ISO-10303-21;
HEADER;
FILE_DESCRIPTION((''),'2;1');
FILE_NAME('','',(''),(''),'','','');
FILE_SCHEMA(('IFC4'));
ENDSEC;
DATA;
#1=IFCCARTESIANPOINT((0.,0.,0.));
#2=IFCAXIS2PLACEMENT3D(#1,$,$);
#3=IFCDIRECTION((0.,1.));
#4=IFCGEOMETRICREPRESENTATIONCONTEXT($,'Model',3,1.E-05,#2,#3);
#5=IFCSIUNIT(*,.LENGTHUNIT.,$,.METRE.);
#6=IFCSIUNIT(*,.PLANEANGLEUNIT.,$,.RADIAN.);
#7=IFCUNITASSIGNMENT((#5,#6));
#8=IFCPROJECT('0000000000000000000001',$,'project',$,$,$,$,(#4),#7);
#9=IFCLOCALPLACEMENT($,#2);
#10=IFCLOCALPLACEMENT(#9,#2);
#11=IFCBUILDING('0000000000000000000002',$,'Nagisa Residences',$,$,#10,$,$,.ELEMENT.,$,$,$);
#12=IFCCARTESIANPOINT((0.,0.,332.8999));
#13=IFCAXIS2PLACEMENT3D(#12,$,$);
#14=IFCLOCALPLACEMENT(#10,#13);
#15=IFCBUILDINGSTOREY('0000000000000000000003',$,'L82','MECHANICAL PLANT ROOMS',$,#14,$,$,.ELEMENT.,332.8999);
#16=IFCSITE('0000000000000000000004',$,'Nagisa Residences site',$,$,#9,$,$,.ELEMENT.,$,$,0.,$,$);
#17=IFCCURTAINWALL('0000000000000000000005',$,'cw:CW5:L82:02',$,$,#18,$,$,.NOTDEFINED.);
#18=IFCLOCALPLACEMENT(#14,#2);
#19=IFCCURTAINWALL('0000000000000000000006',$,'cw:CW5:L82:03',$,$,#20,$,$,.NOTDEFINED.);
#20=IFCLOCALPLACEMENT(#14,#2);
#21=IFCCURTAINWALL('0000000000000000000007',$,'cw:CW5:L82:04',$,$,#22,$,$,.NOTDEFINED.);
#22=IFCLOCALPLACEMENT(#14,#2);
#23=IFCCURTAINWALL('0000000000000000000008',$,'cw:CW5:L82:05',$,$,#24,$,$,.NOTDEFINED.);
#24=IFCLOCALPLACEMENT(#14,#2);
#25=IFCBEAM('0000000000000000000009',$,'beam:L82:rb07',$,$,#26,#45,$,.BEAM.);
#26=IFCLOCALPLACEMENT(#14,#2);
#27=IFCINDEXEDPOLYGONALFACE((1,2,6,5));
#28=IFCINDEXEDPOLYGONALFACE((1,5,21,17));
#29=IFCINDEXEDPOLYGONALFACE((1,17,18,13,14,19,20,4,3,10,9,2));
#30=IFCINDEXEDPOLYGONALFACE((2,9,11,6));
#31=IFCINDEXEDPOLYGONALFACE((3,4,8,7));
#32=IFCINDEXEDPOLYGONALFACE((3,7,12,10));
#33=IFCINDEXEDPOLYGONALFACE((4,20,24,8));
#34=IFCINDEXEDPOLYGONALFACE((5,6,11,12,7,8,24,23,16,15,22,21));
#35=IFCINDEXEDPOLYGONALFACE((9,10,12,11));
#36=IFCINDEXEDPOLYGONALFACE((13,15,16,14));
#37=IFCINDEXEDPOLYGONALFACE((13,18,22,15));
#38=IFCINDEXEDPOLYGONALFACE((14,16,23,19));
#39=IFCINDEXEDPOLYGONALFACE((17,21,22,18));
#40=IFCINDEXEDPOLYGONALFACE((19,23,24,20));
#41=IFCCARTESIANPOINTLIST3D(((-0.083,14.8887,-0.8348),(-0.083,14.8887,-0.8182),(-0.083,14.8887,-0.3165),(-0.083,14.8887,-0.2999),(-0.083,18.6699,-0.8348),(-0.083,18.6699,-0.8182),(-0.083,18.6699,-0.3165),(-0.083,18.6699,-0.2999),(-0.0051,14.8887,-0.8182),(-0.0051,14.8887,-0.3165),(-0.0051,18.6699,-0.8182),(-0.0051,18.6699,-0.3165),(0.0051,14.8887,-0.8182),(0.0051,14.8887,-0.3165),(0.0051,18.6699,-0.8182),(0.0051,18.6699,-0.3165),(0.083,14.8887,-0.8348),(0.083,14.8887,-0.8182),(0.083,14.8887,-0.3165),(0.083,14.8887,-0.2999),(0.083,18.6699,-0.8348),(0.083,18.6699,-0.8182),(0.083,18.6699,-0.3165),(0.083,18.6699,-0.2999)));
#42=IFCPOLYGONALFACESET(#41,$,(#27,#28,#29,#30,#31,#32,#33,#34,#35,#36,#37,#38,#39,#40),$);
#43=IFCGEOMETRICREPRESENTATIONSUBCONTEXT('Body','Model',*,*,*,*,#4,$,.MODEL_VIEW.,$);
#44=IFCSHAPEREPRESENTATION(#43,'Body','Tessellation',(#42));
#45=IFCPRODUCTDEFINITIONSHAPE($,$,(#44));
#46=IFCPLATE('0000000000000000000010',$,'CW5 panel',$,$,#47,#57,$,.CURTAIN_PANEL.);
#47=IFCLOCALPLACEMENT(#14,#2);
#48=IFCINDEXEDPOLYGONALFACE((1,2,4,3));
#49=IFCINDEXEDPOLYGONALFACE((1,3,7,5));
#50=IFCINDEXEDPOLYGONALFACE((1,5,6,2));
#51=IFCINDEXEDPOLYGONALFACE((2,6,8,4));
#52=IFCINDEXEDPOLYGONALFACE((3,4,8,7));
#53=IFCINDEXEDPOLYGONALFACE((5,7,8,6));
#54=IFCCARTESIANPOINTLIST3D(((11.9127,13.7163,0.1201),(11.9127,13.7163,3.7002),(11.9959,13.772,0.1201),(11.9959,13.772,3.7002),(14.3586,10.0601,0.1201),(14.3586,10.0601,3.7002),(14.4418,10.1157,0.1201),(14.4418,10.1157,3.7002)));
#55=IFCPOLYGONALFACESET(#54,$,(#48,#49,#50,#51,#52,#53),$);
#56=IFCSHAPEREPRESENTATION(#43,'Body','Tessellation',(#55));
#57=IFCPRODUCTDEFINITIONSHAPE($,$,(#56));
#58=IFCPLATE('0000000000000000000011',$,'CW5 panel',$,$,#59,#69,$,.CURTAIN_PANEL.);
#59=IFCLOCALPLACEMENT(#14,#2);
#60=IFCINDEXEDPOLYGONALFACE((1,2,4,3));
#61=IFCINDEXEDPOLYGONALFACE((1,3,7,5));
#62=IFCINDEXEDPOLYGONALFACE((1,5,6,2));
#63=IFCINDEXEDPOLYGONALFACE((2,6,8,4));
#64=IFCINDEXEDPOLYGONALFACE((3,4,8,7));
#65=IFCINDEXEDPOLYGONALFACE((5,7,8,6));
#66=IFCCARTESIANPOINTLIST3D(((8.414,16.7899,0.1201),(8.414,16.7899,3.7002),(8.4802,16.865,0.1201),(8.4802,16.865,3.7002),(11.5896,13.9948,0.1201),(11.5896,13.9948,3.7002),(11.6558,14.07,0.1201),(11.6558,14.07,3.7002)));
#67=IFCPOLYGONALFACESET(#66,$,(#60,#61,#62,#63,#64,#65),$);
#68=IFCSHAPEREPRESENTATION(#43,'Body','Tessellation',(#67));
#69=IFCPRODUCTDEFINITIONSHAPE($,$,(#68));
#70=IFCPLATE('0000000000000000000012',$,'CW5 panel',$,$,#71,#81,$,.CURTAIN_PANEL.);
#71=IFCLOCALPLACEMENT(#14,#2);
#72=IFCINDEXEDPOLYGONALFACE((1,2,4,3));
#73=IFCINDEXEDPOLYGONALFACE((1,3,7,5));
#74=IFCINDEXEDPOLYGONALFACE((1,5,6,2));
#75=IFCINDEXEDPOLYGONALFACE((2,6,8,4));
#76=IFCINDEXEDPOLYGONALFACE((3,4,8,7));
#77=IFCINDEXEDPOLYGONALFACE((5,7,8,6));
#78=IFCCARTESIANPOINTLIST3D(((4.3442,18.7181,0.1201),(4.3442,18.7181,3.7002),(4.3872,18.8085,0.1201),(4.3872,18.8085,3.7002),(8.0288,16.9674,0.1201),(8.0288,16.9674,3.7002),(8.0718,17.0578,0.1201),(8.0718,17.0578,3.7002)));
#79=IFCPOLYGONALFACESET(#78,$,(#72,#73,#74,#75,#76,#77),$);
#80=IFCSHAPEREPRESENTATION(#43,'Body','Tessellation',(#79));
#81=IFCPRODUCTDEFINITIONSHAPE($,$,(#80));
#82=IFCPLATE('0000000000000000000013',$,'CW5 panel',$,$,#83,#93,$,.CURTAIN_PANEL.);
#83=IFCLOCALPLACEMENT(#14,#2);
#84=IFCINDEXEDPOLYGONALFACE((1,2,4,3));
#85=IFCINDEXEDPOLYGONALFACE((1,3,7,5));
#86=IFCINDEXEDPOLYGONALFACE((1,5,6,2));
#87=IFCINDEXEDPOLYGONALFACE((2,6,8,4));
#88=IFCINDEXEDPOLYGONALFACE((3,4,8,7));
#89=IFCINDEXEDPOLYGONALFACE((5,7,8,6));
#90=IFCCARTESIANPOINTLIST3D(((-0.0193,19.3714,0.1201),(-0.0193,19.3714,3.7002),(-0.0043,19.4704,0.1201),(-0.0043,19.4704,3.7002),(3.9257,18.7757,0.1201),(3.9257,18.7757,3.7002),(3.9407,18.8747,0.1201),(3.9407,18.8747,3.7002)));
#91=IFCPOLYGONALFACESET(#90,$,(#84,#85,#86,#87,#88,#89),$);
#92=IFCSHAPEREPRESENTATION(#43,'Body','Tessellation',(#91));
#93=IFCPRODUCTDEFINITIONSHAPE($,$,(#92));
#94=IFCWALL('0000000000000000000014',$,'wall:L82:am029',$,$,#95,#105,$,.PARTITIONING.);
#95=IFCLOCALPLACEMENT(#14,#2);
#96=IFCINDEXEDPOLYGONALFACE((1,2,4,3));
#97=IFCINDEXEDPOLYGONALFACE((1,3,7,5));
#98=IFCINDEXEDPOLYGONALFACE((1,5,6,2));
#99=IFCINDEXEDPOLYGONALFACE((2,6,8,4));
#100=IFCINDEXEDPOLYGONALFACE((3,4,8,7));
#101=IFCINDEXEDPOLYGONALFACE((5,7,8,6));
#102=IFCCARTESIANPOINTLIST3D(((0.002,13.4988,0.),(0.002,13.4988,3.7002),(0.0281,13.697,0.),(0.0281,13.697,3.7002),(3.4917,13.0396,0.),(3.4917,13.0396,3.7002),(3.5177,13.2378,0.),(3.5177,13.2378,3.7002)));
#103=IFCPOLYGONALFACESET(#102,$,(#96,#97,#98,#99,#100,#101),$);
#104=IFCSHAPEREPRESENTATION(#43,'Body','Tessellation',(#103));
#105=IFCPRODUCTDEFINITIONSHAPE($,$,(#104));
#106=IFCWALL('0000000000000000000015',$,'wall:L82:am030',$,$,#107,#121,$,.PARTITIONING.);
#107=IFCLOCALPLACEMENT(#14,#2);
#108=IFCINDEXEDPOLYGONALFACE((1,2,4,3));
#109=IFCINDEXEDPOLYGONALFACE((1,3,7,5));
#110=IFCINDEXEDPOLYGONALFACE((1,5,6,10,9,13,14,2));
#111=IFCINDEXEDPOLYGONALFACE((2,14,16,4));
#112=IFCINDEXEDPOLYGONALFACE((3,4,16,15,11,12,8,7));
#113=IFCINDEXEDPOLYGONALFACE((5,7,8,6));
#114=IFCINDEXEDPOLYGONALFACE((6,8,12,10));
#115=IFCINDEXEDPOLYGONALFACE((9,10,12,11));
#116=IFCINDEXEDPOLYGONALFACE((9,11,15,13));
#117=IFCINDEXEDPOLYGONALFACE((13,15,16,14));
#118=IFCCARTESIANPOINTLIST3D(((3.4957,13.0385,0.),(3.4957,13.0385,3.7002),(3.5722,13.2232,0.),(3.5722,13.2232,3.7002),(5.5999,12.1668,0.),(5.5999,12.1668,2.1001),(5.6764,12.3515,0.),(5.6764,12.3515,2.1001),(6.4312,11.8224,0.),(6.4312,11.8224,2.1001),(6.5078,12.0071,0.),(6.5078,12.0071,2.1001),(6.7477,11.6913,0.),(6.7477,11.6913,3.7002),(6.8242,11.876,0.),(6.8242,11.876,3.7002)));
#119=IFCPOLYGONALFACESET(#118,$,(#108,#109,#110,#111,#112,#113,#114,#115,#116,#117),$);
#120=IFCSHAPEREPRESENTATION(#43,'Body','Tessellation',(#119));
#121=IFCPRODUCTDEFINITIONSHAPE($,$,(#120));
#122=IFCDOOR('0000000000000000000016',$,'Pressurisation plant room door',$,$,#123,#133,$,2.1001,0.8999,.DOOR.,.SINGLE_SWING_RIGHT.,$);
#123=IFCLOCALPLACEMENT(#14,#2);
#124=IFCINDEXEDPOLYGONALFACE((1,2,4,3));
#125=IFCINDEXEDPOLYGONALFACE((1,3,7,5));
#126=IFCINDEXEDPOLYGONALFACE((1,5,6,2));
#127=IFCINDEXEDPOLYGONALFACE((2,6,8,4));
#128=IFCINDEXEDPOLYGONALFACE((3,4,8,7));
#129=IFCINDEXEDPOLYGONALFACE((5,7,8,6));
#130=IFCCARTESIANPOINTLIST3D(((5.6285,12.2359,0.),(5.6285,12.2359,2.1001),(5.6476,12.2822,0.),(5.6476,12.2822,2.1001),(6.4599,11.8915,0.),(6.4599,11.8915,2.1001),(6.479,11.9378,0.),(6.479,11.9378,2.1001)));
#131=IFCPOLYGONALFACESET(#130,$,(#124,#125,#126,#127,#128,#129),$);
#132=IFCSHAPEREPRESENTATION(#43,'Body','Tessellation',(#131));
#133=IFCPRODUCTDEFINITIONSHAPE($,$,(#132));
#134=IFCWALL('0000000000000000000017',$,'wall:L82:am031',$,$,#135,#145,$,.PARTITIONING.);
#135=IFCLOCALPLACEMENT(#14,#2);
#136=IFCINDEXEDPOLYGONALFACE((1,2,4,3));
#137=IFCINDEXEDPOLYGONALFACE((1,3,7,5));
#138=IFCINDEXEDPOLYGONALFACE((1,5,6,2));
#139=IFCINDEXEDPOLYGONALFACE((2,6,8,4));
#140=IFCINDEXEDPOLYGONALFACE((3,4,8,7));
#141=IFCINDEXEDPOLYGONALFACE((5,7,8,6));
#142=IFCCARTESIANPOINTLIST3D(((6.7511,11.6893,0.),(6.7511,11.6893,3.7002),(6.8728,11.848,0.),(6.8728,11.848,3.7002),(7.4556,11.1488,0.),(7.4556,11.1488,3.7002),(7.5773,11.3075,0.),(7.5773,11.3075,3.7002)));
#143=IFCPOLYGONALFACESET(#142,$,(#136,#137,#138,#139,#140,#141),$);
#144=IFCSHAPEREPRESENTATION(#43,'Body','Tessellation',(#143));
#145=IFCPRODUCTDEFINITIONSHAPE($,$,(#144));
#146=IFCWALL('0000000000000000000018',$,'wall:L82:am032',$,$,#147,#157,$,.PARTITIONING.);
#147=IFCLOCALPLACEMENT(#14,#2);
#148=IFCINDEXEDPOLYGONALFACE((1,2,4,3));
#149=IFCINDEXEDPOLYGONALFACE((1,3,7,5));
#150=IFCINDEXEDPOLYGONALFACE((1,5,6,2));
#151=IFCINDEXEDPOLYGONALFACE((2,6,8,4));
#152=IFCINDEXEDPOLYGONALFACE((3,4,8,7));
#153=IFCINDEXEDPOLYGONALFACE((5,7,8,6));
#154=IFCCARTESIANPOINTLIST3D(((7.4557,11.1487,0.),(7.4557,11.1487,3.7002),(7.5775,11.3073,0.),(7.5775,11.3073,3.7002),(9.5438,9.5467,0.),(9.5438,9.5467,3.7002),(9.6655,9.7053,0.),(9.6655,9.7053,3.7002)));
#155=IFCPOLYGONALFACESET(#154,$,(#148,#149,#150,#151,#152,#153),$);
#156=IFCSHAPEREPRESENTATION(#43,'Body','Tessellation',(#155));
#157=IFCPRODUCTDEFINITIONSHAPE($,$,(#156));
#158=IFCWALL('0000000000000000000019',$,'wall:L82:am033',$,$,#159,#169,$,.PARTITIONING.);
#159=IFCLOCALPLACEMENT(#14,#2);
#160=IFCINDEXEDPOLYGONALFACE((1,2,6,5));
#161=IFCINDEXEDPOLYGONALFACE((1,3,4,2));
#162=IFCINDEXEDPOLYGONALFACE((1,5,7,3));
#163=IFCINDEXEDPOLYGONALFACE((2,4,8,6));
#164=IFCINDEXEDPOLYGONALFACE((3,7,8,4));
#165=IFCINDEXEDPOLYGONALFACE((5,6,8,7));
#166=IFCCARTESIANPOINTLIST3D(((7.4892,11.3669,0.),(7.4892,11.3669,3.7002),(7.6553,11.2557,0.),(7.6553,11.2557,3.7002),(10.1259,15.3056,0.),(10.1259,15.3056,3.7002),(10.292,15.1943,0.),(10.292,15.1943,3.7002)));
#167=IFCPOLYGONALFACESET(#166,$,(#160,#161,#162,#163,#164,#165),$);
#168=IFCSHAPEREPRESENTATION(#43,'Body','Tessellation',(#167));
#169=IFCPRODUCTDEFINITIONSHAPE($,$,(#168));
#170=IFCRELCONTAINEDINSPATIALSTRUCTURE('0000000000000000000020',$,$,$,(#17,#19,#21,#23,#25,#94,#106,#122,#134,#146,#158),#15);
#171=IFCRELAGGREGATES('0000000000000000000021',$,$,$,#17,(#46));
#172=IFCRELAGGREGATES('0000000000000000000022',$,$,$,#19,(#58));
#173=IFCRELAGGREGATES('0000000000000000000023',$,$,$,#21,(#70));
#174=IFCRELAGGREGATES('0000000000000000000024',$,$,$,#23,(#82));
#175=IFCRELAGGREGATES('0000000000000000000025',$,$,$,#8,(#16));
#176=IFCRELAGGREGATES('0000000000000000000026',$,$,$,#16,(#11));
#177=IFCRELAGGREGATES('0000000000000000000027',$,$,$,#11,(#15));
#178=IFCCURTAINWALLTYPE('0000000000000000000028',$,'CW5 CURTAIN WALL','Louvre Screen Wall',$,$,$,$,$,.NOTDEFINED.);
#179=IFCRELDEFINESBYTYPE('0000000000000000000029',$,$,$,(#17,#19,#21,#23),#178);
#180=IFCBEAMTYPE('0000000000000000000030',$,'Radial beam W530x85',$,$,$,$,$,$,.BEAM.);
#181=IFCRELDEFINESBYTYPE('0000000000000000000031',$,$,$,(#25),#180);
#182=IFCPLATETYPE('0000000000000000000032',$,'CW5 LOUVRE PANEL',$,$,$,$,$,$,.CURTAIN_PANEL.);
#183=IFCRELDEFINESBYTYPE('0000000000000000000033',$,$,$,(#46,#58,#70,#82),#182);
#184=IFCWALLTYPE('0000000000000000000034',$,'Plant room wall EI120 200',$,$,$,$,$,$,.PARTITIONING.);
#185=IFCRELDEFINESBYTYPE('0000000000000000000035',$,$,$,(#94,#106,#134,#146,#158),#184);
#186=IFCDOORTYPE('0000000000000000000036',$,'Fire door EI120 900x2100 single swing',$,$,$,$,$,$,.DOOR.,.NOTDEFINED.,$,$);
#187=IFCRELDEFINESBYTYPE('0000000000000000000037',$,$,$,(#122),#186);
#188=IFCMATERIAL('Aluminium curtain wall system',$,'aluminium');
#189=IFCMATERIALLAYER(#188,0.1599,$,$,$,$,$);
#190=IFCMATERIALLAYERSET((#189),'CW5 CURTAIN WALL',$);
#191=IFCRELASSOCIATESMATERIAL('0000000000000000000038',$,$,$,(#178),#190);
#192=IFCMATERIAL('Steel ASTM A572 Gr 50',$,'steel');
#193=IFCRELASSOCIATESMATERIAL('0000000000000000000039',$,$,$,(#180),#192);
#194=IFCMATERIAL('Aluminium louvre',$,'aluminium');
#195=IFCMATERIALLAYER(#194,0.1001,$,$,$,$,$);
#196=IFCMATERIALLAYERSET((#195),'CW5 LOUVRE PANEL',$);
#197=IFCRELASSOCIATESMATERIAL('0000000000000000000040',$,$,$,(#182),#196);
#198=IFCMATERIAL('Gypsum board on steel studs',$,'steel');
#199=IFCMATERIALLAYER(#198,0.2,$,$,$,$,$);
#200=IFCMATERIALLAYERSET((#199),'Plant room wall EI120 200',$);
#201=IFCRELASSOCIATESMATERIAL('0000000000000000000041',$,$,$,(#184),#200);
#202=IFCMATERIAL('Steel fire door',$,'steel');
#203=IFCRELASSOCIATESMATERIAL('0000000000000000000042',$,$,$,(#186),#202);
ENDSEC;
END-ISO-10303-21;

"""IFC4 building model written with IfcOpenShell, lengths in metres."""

from ifc_helpers import new_model, si_unit, direction, frame, frame_2d, origin, origin_2d, place, context, subcontext, project, spatial, rectangle, i_section, extrude, material, layer, layer_set, material_profile, profile_set, type_object, element, fill, aggregate, save


model = new_model("IFC4")

# Units and contexts
model_context = context("Model", 3, precision=1e-05, world=origin(), true_north=direction((0.0, 1.0)))
body_context = subcontext(model_context, "Body", "Model", "MODEL_VIEW")
ifc_project = project(units=[si_unit("LENGTHUNIT", "METRE"), si_unit("PLANEANGLEUNIT", "RADIAN")], contexts=[model_context])

# Site, building, storey
site_placement = place(None, origin())
site = spatial("IfcSite", under=ifc_project, at=site_placement, Name="Nagisa Residences site", CompositionType="ELEMENT", RefElevation=0.0)
building_placement = place(site_placement, origin())
building = spatial("IfcBuilding", under=site, at=building_placement, Name="Nagisa Residences", CompositionType="ELEMENT")
storey_placement = place(building_placement, frame((0.0, 0.0, 332.8999)))
storey = spatial("IfcBuildingStorey", under=building, at=storey_placement, Name="L82", Description="MECHANICAL PLANT ROOMS", CompositionType="ELEMENT", Elevation=332.8999)

# Curtain walls
ifc_material_1 = material(Name="Aluminium curtain wall system", Category="aluminium")
ifc_layer_1 = layer(ifc_material_1, 0.1599)
ifc_layer_set_1 = layer_set([ifc_layer_1], Name="CW5 CURTAIN WALL")
curtain_wall_type = type_object("IfcCurtainWallType", Name="CW5 CURTAIN WALL", Description="Louvre Screen Wall", PredefinedType="NOTDEFINED", material=ifc_layer_set_1)
curtain_wall_1_placement = place(storey_placement, origin())
curtain_wall_1 = element("IfcCurtainWall", 1, at=curtain_wall_1_placement, inside=storey, type_object=curtain_wall_type, Name="cw:CW5:L82:02", PredefinedType="NOTDEFINED")
curtain_wall_2_placement = place(storey_placement, origin())
curtain_wall_2 = element("IfcCurtainWall", 2, at=curtain_wall_2_placement, inside=storey, type_object=curtain_wall_type, Name="cw:CW5:L82:03", PredefinedType="NOTDEFINED")
curtain_wall_3_placement = place(storey_placement, origin())
curtain_wall_3 = element("IfcCurtainWall", 3, at=curtain_wall_3_placement, inside=storey, type_object=curtain_wall_type, Name="cw:CW5:L82:04", PredefinedType="NOTDEFINED")
curtain_wall_4_placement = place(storey_placement, origin())
curtain_wall_4 = element("IfcCurtainWall", 4, at=curtain_wall_4_placement, inside=storey, type_object=curtain_wall_type, Name="cw:CW5:L82:05", PredefinedType="NOTDEFINED")

# Beam
ifc_material_2 = material(Name="Steel ASTM A572 Gr 50", Category="steel")
ifc_material_profile_1 = material_profile(ifc_material_2, i_section(OverallWidth=0.166, OverallDepth=0.5349, WebThickness=0.0103, FlangeThickness=0.0166, at=origin_2d()), Name="W530x85")
ifc_profile_set_1 = profile_set([ifc_material_profile_1], Name="Steel ASTM A572 Gr 50")
beam_type_1 = type_object("IfcBeamType", Name="Radial beam W530x85", PredefinedType="BEAM", material=ifc_profile_set_1)
beam_1_placement = place(storey_placement, frame((0.0, 18.6699, -0.5674), z_axis=(0.0, -1.0, 0.0), x_axis=(1.0, 0.0, 0.0)))
element("IfcBeam", 5, at=beam_1_placement, inside=storey, type_object=beam_type_1, Name="beam:L82:rb07", PredefinedType="BEAM", context=body_context, shape_type="SweptSolid", body=[
    extrude(i_section(OverallWidth=0.166, OverallDepth=0.5349, WebThickness=0.0103, FlangeThickness=0.0166, at=origin_2d()), origin(), (0.0, 0.0, 1.0), 3.7812),
])

# Plates
ifc_material_3 = material(Name="Aluminium louvre", Category="aluminium")
ifc_layer_2 = layer(ifc_material_3, 0.1001)
ifc_layer_set_2 = layer_set([ifc_layer_2], Name="CW5 LOUVRE PANEL")
plate_type = type_object("IfcPlateType", Name="CW5 LOUVRE PANEL", PredefinedType="CURTAIN_PANEL", material=ifc_layer_set_2)
plate_1_placement = place(storey_placement, frame((13.1772, 11.916, 0.1201), z_axis=(0.0, 0.0, 1.0), x_axis=(-0.556014, 0.831173, 0.0)))
plate_1 = element("IfcPlate", 6, at=plate_1_placement, type_object=plate_type, Name="CW5 panel", PredefinedType="CURTAIN_PANEL", context=body_context, shape_type="SweptSolid", body=[
    extrude(rectangle(XDim=4.3989, YDim=0.1001, at=origin_2d()), origin(), (0.0, 0.0, 1.0), 3.5801),
])
aggregate(curtain_wall_1, [plate_1])
plate_2_placement = place(storey_placement, frame((10.0349, 15.4299, 0.1201), z_axis=(0.0, 0.0, 1.0), x_axis=(-0.750651, 0.660699, 0.0)))
plate_2 = element("IfcPlate", 7, at=plate_2_placement, type_object=plate_type, Name="CW5 panel", PredefinedType="CURTAIN_PANEL", context=body_context, shape_type="SweptSolid", body=[
    extrude(rectangle(XDim=4.2305, YDim=0.1001, at=origin_2d()), origin(), (0.0, 0.0, 1.0), 3.5801),
])
aggregate(curtain_wall_2, [plate_2])
plate_3_placement = place(storey_placement, frame((6.208, 17.8879, 0.1201), z_axis=(0.0, 0.0, 1.0), x_axis=(-0.903233, 0.429151, 0.0)))
plate_3 = element("IfcPlate", 8, at=plate_3_placement, type_object=plate_type, Name="CW5 panel", PredefinedType="CURTAIN_PANEL", context=body_context, shape_type="SweptSolid", body=[
    extrude(rectangle(XDim=4.0793, YDim=0.1001, at=origin_2d()), origin(), (0.0, 0.0, 1.0), 3.5801),
])
aggregate(curtain_wall_3, [plate_3])
plate_4_placement = place(storey_placement, frame((1.9607, 19.123, 0.1201), z_axis=(0.0, 0.0, 1.0), x_axis=(-0.988789, 0.14932, 0.0)))
plate_4 = element("IfcPlate", 9, at=plate_4_placement, type_object=plate_type, Name="CW5 panel", PredefinedType="CURTAIN_PANEL", context=body_context, shape_type="SweptSolid", body=[
    extrude(rectangle(XDim=3.9897, YDim=0.1001, at=origin_2d()), origin(), (0.0, 0.0, 1.0), 3.5801),
])
aggregate(curtain_wall_4, [plate_4])

# Wall
ifc_material_4 = material(Name="Gypsum board on steel studs", Category="steel")
ifc_layer_3 = layer(ifc_material_4, 0.2)
ifc_layer_set_3 = layer_set([ifc_layer_3], Name="Plant room wall EI120 200")
wall_type = type_object("IfcWallType", Name="Plant room wall EI120 200", PredefinedType="PARTITIONING", material=ifc_layer_set_3)
wall_1_placement = place(storey_placement, frame((0.0151, 13.5979, 0.0), z_axis=(0.0, 0.0, 1.0), x_axis=(0.991452, -0.130469, 0.0)))
element("IfcWall", 10, at=wall_1_placement, inside=storey, type_object=wall_type, Name="wall:L82:am029", PredefinedType="PARTITIONING", context=body_context, shape_type="SweptSolid", body=[
    extrude(rectangle(XDim=3.5198, YDim=0.2, at=frame_2d((1.7598, 0.0))), origin(), (0.0, 0.0, 1.0), 3.7002),
])

# Wall, opening, door
wall_2_placement = place(storey_placement, frame((3.5339, 13.1309, 0.0), z_axis=(0.0, 0.0, 1.0), x_axis=(0.923863, -0.382723, 0.0)))
wall_2 = element("IfcWall", 11, at=wall_2_placement, inside=storey, type_object=wall_type, Name="wall:L82:am030", PredefinedType="PARTITIONING", context=body_context, shape_type="SweptSolid", body=[
    extrude(rectangle(XDim=3.52, YDim=0.2, at=frame_2d((1.76, 0.0))), origin(), (0.0, 0.0, 1.0), 3.7002),
])
opening_placement = place(wall_2_placement, frame((2.2776, 0.0, 0.0)))
opening = element("IfcOpeningElement", 12, at=opening_placement, cuts=wall_2, PredefinedType="OPENING", context=body_context, shape_type="SweptSolid", body=[
    extrude(rectangle(XDim=0.8999, YDim=2.1001, at=frame_2d((0.45, 1.05))), frame((0.0, 0.1099, 0.0), z_axis=(0.0, -1.0, 0.0), x_axis=(1.0, 0.0, 0.0)), (0.0, 0.0, 1.0), 0.22),
])
ifc_material_5 = material(Name="Steel fire door", Category="steel")
door_type = type_object("IfcDoorType", Name="Fire door EI120 900x2100 single swing", OperationType="NOTDEFINED", PredefinedType="DOOR", material=ifc_material_5)
door_placement = place(opening_placement, origin())
door = element("IfcDoor", 13, at=door_placement, inside=storey, type_object=door_type, Name="Pressurisation plant room door", OperationType="SINGLE_SWING_RIGHT", OverallHeight=2.1001, OverallWidth=0.8999, PredefinedType="DOOR", context=body_context, shape_type="SweptSolid", body=[
    extrude(rectangle(XDim=0.8999, YDim=2.1001, at=frame_2d((0.45, 1.05))), frame((0.0, 0.0249, 0.0), z_axis=(0.0, -1.0, 0.0), x_axis=(1.0, 0.0, 0.0)), (0.0, 0.0, 1.0), 0.05),
])
fill(opening, door)

# Walls
wall_3_placement = place(storey_placement, frame((6.812, 11.7686, 0.0), z_axis=(0.0, 0.0, 1.0), x_axis=(0.79342, -0.608674, 0.0)))
element("IfcWall", 14, at=wall_3_placement, inside=storey, type_object=wall_type, Name="wall:L82:am031", PredefinedType="PARTITIONING", context=body_context, shape_type="SweptSolid", body=[
    extrude(rectangle(XDim=0.8879, YDim=0.2, at=frame_2d((0.4438, 0.0))), origin(), (0.0, 0.0, 1.0), 3.7002),
])
wall_4_placement = place(storey_placement, frame((7.5166, 11.228, 0.0), z_axis=(0.0, 0.0, 1.0), x_axis=(0.793396, -0.608706, 0.0)))
element("IfcWall", 15, at=wall_4_placement, inside=storey, type_object=wall_type, Name="wall:L82:am032", PredefinedType="PARTITIONING", context=body_context, shape_type="SweptSolid", body=[
    extrude(rectangle(XDim=2.6318, YDim=0.2, at=frame_2d((1.3159, 0.0))), origin(), (0.0, 0.0, 1.0), 3.7002),
])
wall_5_placement = place(storey_placement, frame((7.5723, 11.3113, 0.0), z_axis=(0.0, 0.0, 1.0), x_axis=(0.556292, 0.830987, 0.0)))
element("IfcWall", 16, at=wall_5_placement, inside=storey, type_object=wall_type, Name="wall:L82:am033", PredefinedType="PARTITIONING", context=body_context, shape_type="SweptSolid", body=[
    extrude(rectangle(XDim=4.7397, YDim=0.2, at=frame_2d((2.3699, 0.0))), origin(), (0.0, 0.0, 1.0), 3.7002),
])

save(model, "model.ifc")
